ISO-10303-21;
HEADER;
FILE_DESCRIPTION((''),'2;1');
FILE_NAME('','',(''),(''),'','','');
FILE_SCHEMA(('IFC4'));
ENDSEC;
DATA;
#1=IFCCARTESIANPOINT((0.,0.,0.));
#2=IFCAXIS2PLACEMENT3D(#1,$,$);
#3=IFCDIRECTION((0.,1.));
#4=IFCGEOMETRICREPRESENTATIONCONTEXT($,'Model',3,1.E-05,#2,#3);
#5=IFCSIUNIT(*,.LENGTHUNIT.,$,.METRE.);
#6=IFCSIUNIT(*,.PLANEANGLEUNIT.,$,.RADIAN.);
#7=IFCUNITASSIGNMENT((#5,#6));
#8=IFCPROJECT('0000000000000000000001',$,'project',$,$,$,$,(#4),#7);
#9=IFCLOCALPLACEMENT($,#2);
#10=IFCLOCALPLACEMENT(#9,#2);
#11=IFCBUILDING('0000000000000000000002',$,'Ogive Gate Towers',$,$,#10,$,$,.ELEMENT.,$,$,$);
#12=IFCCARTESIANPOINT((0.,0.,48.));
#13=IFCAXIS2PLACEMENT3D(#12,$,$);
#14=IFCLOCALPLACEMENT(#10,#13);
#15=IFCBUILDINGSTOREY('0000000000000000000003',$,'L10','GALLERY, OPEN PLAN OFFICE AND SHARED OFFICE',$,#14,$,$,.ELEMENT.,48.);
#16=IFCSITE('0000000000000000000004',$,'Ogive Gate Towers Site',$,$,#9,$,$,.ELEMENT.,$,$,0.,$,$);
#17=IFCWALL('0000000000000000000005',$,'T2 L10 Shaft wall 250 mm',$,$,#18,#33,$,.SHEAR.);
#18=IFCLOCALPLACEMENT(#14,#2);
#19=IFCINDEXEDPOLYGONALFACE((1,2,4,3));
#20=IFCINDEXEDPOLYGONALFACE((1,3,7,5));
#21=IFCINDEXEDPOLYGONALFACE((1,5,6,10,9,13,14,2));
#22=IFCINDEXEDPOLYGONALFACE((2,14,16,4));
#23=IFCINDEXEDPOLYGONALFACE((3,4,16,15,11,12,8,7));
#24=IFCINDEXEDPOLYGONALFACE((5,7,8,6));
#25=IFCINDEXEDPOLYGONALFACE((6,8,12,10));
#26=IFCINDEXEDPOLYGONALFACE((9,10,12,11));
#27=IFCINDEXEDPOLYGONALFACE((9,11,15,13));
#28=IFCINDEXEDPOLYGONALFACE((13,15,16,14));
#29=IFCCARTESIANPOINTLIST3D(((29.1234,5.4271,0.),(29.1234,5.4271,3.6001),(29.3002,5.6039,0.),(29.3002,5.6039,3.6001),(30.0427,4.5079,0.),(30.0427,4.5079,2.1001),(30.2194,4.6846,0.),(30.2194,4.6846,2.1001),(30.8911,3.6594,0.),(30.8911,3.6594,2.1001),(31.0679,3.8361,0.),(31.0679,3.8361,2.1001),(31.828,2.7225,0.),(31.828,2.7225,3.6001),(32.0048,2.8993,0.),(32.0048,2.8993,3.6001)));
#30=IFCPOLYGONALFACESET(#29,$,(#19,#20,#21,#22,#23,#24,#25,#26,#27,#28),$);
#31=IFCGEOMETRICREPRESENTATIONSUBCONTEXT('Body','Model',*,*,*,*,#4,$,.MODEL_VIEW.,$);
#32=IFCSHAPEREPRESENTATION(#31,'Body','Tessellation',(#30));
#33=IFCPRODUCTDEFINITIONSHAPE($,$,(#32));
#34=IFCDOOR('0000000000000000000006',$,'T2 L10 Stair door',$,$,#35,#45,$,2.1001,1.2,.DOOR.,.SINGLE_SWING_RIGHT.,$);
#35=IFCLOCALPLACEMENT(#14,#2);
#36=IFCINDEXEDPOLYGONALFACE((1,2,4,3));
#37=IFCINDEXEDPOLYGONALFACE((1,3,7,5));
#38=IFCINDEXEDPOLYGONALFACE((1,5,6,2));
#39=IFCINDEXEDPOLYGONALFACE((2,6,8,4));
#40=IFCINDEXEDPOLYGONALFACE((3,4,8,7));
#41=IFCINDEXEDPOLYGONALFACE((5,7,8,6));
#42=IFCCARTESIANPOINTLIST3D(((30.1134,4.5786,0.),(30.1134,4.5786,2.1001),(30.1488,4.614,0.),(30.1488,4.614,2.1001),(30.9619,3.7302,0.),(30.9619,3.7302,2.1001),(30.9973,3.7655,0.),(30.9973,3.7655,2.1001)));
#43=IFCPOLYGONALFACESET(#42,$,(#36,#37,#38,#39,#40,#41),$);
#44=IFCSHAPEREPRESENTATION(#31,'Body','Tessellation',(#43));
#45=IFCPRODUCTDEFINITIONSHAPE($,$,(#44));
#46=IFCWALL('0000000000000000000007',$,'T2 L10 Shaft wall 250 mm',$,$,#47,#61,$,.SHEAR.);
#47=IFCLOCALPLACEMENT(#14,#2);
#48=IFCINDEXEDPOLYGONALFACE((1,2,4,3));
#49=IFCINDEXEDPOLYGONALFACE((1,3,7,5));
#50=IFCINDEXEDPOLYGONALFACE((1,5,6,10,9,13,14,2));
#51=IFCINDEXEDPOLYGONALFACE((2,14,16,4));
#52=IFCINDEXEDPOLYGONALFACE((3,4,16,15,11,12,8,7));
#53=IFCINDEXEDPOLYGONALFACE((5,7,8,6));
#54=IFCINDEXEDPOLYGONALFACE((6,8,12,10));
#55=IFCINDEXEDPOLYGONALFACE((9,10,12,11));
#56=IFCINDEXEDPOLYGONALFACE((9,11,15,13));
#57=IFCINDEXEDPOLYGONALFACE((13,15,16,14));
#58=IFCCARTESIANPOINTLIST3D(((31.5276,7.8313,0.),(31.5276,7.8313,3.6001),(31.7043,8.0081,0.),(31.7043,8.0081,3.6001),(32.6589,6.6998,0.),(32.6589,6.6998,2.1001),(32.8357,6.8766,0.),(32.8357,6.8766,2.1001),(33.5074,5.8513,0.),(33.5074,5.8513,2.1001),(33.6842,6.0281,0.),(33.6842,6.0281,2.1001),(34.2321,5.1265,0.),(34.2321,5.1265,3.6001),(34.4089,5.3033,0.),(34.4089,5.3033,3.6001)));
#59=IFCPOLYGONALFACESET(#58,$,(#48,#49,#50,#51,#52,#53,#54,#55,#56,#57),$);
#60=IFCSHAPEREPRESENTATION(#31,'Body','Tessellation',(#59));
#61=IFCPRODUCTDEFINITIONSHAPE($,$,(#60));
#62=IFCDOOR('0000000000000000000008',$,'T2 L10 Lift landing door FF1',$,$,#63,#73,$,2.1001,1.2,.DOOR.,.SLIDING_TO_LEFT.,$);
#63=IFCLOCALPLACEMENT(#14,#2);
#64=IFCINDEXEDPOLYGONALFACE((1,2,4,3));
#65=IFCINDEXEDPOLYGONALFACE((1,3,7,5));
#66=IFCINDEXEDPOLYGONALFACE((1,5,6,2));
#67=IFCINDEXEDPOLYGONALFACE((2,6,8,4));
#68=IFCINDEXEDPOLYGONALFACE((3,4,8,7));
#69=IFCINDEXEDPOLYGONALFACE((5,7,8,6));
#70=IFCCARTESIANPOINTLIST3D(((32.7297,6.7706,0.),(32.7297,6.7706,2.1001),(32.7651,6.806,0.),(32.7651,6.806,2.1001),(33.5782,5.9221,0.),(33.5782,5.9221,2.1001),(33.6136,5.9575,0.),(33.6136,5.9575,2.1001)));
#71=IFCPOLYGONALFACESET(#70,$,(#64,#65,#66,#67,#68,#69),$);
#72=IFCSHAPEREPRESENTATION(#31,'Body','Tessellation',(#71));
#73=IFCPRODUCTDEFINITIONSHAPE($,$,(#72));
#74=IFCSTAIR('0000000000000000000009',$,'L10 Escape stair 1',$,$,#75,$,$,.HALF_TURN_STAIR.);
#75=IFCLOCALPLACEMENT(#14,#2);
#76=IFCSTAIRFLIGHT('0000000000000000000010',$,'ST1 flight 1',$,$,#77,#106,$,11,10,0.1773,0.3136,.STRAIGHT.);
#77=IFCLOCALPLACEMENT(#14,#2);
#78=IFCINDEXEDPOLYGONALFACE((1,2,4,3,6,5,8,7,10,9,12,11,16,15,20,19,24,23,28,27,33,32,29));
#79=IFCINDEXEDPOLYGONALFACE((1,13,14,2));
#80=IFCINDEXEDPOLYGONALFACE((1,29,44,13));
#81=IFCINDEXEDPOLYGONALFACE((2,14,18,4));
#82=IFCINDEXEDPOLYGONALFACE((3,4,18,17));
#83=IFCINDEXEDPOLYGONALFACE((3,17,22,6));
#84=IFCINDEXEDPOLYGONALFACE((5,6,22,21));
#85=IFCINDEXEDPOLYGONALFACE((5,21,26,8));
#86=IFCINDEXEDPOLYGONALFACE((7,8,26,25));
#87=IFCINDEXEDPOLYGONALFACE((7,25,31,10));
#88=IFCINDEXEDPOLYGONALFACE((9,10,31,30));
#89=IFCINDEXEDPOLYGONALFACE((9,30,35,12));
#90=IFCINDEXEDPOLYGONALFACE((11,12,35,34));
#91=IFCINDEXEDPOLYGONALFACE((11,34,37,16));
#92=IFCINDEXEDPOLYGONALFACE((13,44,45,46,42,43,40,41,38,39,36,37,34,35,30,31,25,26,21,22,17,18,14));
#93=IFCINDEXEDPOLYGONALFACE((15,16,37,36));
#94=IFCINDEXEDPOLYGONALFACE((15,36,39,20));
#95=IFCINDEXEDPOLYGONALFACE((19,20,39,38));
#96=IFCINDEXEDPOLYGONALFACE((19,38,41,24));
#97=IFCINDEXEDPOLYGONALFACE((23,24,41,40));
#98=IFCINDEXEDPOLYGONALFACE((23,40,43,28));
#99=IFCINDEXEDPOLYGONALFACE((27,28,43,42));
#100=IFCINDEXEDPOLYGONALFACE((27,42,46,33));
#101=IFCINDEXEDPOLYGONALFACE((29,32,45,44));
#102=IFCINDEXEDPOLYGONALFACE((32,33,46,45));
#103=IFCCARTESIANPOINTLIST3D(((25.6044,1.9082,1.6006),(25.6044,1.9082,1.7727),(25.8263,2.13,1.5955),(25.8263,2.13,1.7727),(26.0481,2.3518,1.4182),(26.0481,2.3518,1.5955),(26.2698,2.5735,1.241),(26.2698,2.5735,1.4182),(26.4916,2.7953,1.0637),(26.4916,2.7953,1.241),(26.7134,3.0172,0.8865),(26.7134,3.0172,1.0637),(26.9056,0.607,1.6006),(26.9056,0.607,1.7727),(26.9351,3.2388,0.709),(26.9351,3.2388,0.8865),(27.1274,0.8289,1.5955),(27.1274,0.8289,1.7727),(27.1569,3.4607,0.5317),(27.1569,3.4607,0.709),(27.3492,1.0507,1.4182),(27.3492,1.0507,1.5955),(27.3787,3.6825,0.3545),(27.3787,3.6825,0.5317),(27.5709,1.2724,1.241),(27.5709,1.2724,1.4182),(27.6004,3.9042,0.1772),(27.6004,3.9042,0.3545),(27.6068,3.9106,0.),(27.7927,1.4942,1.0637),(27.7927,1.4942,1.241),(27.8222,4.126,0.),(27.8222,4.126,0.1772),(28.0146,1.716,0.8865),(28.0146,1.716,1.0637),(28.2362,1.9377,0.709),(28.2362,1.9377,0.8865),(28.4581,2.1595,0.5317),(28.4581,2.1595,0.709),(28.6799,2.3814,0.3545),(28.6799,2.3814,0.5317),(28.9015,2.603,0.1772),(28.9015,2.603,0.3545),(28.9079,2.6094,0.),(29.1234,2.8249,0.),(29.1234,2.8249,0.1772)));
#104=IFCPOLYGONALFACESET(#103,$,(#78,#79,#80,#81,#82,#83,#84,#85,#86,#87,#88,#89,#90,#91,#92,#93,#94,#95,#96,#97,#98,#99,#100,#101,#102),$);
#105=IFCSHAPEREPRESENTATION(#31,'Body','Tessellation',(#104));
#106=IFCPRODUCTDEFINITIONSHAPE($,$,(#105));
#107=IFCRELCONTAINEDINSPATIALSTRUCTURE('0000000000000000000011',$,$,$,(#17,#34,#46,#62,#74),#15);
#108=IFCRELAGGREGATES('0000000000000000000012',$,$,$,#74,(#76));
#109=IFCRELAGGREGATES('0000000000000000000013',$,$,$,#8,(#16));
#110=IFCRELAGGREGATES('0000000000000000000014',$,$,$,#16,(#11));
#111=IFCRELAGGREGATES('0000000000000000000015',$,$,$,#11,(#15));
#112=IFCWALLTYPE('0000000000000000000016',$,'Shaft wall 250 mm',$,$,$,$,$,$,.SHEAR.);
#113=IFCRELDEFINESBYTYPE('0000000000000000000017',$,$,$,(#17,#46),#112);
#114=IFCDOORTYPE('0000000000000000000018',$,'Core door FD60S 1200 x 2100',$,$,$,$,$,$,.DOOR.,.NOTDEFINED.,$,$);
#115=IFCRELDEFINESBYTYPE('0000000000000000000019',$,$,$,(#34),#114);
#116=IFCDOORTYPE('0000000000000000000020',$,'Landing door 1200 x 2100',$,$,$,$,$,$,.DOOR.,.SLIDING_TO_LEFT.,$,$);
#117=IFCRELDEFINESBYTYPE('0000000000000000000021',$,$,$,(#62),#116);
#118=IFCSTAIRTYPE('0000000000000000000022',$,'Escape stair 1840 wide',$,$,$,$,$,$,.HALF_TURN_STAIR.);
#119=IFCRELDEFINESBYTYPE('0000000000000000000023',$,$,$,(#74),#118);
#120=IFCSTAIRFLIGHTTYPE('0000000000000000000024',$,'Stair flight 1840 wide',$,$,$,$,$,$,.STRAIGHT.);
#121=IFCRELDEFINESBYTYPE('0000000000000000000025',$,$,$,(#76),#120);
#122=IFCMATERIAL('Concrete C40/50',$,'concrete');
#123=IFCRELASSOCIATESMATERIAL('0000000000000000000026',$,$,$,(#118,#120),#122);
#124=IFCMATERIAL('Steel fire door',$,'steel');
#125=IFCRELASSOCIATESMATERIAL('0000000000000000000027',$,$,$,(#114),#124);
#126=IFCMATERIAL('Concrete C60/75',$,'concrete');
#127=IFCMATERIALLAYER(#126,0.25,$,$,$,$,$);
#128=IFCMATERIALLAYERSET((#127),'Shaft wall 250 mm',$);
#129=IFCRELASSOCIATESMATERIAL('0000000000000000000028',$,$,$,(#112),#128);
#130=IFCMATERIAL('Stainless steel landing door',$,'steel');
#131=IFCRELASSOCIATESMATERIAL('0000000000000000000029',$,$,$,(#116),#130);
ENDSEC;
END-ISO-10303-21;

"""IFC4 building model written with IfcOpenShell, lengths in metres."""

from ifc_helpers import new_model, si_unit, direction, frame, frame_2d, origin, place, context, subcontext, project, spatial, polyline, rectangle, outline, extrude, material, layer, layer_set, type_object, element, fill, aggregate, save


model = new_model("IFC4")

# Units and contexts
model_context = context("Model", 3, precision=1e-05, world=origin(), true_north=direction((0.0, 1.0)))
body_context = subcontext(model_context, "Body", "Model", "MODEL_VIEW")
ifc_project = project(units=[si_unit("LENGTHUNIT", "METRE"), si_unit("PLANEANGLEUNIT", "RADIAN")], contexts=[model_context])

# Site, building, storey
site_placement = place(None, origin())
site = spatial("IfcSite", under=ifc_project, at=site_placement, Name="Ogive Gate Towers Site", CompositionType="ELEMENT", RefElevation=0.0)
building_placement = place(site_placement, origin())
building = spatial("IfcBuilding", under=site, at=building_placement, Name="Ogive Gate Towers", CompositionType="ELEMENT")
storey_placement = place(building_placement, frame((0.0, 0.0, 48.0)))
storey = spatial("IfcBuildingStorey", under=building, at=storey_placement, Name="L10", Description="GALLERY, OPEN PLAN OFFICE AND SHARED OFFICE", CompositionType="ELEMENT", Elevation=48.0)

# Shared definitions
ifc_material_1 = material(Name="Concrete C40/50", Category="concrete")

# Shared definitions
stair_type = type_object("IfcStairType", Name="Escape stair 1840 wide", PredefinedType="HALF_TURN_STAIR", material=ifc_material_1)

# Shared definitions
ifc_material_2 = material(Name="Concrete C60/75", Category="concrete")
ifc_material_3 = material(Name="Steel fire door", Category="steel")
door_type_1 = type_object("IfcDoorType", Name="Core door FD60S 1200 x 2100", OperationType="NOTDEFINED", PredefinedType="DOOR", material=ifc_material_3)

# Walls, openings, doors
ifc_layer_1 = layer(ifc_material_2, 0.25)
ifc_layer_set_1 = layer_set([ifc_layer_1], Name="Shaft wall 250 mm")
wall_type_1 = type_object("IfcWallType", Name="Shaft wall 250 mm", PredefinedType="SHEAR", material=ifc_layer_set_1)
wall_1_placement = place(storey_placement, frame((31.9165, 2.8108, 0.0), z_axis=(0.0, 0.0, 1.0), x_axis=(-0.707107, 0.707107, 0.0)))
wall_1 = element("IfcWall", 1, at=wall_1_placement, inside=storey, type_object=wall_type_1, Name="T2 L10 Shaft wall 250 mm", PredefinedType="SHEAR", context=body_context, shape_type="SweptSolid", body=[
    extrude(rectangle(XDim=3.825, YDim=0.25, at=frame_2d((1.9126, 0.0))), origin(), (0.0, 0.0, 1.0), 3.6001),
])
opening_1_placement = place(wall_1_placement, frame((1.325, 0.0, 0.0)))
opening_1 = element("IfcOpeningElement", 2, at=opening_1_placement, cuts=wall_1, PredefinedType="OPENING", context=body_context, shape_type="SweptSolid", body=[
    extrude(rectangle(XDim=1.2, YDim=2.1001, at=frame_2d((0.6001, 1.05))), frame((0.0, 0.135, 0.0), z_axis=(0.0, -1.0, 0.0), x_axis=(1.0, 0.0, 0.0)), (0.0, 0.0, 1.0), 0.27),
])
door_1_placement = place(opening_1_placement, origin())
door_1 = element("IfcDoor", 3, at=door_1_placement, inside=storey, type_object=door_type_1, Name="T2 L10 Stair door", OperationType="SINGLE_SWING_RIGHT", OverallHeight=2.1001, OverallWidth=1.2, PredefinedType="DOOR", context=body_context, shape_type="SweptSolid", body=[
    extrude(rectangle(XDim=1.2, YDim=2.1001, at=frame_2d((0.6001, 1.05))), frame((0.0, 0.0249, 0.0), z_axis=(0.0, -1.0, 0.0), x_axis=(1.0, 0.0, 0.0)), (0.0, 0.0, 1.0), 0.05),
])
fill(opening_1, door_1)
wall_2_placement = place(storey_placement, frame((34.3206, 5.2148, 0.0), z_axis=(0.0, 0.0, 1.0), x_axis=(-0.707075, 0.707139, 0.0)))
wall_2 = element("IfcWall", 4, at=wall_2_placement, inside=storey, type_object=wall_type_1, Name="T2 L10 Shaft wall 250 mm", PredefinedType="SHEAR", context=body_context, shape_type="SweptSolid", body=[
    extrude(rectangle(XDim=3.825, YDim=0.25, at=frame_2d((1.9126, 0.0))), origin(), (0.0, 0.0, 1.0), 3.6001),
])
opening_2_placement = place(wall_2_placement, frame((1.0249, 0.0, 0.0)))
opening_2 = element("IfcOpeningElement", 5, at=opening_2_placement, cuts=wall_2, PredefinedType="OPENING", context=body_context, shape_type="SweptSolid", body=[
    extrude(rectangle(XDim=1.2, YDim=2.1001, at=frame_2d((0.6001, 1.05))), frame((0.0, 0.135, 0.0), z_axis=(0.0, -1.0, 0.0), x_axis=(1.0, 0.0, 0.0)), (0.0, 0.0, 1.0), 0.27),
])
ifc_material_4 = material(Name="Stainless steel landing door", Category="steel")
door_type_2 = type_object("IfcDoorType", Name="Landing door 1200 x 2100", OperationType="SLIDING_TO_LEFT", PredefinedType="DOOR", material=ifc_material_4)
door_2_placement = place(opening_2_placement, origin())
door_2 = element("IfcDoor", 6, at=door_2_placement, inside=storey, type_object=door_type_2, Name="T2 L10 Lift landing door FF1", OperationType="SLIDING_TO_LEFT", OverallHeight=2.1001, OverallWidth=1.2, PredefinedType="DOOR", context=body_context, shape_type="SweptSolid", body=[
    extrude(rectangle(XDim=1.2, YDim=2.1001, at=frame_2d((0.6001, 1.05))), frame((0.0, 0.0249, 0.0), z_axis=(0.0, -1.0, 0.0), x_axis=(1.0, 0.0, 0.0)), (0.0, 0.0, 1.0), 0.05),
])
fill(opening_2, door_2)

# Stair, stair flight
stair_1_placement = place(storey_placement, origin())
stair_1 = element("IfcStair", 7, at=stair_1_placement, inside=storey, type_object=stair_type, Name="L10 Escape stair 1", PredefinedType="HALF_TURN_STAIR")
stair_flight_type = type_object("IfcStairFlightType", Name="Stair flight 1840 wide", PredefinedType="STRAIGHT", material=ifc_material_1)
stair_flight_placement = place(storey_placement, frame((28.4729, 3.4753, 0.0), z_axis=(0.0, 0.0, 1.0), x_axis=(-0.707107, -0.707107, 0.0)))
stair_flight = element("IfcStairFlight", 8, at=stair_flight_placement, type_object=stair_flight_type, Name="ST1 flight 1", NumberOfRisers=11, NumberOfTreads=10, PredefinedType="STRAIGHT", RiserHeight=0.1773, TreadLength=0.3136, context=body_context, shape_type="SweptSolid", body=[
    extrude(outline(polyline([(0.0, 0.0), (0.0, 0.1772), (0.3137, 0.1772), (0.3137, 0.3545), (0.6272, 0.3545), (0.6272, 0.5317), (0.9409, 0.5317), (0.9409, 0.709), (1.2546, 0.709), (1.2546, 0.8865), (1.5681, 0.8865), (1.5681, 1.0637), (1.8818, 1.0637), (1.8818, 1.241), (2.1956, 1.241), (2.1956, 1.4182), (2.509, 1.4182), (2.509, 1.5955), (2.8228, 1.5955), (2.8228, 1.7727), (3.1365, 1.7727), (3.1365, 1.95), (3.1365, 1.6006), (0.3047, 0.0), (0.0, 0.0)])), frame((0.0, 0.9199, 0.0), z_axis=(0.0, -1.0, 0.0), x_axis=(1.0, 0.0, 0.0)), (0.0, 0.0, 1.0), 1.8401),
])
aggregate(stair_1, [stair_flight])

save(model, "model.ifc")
